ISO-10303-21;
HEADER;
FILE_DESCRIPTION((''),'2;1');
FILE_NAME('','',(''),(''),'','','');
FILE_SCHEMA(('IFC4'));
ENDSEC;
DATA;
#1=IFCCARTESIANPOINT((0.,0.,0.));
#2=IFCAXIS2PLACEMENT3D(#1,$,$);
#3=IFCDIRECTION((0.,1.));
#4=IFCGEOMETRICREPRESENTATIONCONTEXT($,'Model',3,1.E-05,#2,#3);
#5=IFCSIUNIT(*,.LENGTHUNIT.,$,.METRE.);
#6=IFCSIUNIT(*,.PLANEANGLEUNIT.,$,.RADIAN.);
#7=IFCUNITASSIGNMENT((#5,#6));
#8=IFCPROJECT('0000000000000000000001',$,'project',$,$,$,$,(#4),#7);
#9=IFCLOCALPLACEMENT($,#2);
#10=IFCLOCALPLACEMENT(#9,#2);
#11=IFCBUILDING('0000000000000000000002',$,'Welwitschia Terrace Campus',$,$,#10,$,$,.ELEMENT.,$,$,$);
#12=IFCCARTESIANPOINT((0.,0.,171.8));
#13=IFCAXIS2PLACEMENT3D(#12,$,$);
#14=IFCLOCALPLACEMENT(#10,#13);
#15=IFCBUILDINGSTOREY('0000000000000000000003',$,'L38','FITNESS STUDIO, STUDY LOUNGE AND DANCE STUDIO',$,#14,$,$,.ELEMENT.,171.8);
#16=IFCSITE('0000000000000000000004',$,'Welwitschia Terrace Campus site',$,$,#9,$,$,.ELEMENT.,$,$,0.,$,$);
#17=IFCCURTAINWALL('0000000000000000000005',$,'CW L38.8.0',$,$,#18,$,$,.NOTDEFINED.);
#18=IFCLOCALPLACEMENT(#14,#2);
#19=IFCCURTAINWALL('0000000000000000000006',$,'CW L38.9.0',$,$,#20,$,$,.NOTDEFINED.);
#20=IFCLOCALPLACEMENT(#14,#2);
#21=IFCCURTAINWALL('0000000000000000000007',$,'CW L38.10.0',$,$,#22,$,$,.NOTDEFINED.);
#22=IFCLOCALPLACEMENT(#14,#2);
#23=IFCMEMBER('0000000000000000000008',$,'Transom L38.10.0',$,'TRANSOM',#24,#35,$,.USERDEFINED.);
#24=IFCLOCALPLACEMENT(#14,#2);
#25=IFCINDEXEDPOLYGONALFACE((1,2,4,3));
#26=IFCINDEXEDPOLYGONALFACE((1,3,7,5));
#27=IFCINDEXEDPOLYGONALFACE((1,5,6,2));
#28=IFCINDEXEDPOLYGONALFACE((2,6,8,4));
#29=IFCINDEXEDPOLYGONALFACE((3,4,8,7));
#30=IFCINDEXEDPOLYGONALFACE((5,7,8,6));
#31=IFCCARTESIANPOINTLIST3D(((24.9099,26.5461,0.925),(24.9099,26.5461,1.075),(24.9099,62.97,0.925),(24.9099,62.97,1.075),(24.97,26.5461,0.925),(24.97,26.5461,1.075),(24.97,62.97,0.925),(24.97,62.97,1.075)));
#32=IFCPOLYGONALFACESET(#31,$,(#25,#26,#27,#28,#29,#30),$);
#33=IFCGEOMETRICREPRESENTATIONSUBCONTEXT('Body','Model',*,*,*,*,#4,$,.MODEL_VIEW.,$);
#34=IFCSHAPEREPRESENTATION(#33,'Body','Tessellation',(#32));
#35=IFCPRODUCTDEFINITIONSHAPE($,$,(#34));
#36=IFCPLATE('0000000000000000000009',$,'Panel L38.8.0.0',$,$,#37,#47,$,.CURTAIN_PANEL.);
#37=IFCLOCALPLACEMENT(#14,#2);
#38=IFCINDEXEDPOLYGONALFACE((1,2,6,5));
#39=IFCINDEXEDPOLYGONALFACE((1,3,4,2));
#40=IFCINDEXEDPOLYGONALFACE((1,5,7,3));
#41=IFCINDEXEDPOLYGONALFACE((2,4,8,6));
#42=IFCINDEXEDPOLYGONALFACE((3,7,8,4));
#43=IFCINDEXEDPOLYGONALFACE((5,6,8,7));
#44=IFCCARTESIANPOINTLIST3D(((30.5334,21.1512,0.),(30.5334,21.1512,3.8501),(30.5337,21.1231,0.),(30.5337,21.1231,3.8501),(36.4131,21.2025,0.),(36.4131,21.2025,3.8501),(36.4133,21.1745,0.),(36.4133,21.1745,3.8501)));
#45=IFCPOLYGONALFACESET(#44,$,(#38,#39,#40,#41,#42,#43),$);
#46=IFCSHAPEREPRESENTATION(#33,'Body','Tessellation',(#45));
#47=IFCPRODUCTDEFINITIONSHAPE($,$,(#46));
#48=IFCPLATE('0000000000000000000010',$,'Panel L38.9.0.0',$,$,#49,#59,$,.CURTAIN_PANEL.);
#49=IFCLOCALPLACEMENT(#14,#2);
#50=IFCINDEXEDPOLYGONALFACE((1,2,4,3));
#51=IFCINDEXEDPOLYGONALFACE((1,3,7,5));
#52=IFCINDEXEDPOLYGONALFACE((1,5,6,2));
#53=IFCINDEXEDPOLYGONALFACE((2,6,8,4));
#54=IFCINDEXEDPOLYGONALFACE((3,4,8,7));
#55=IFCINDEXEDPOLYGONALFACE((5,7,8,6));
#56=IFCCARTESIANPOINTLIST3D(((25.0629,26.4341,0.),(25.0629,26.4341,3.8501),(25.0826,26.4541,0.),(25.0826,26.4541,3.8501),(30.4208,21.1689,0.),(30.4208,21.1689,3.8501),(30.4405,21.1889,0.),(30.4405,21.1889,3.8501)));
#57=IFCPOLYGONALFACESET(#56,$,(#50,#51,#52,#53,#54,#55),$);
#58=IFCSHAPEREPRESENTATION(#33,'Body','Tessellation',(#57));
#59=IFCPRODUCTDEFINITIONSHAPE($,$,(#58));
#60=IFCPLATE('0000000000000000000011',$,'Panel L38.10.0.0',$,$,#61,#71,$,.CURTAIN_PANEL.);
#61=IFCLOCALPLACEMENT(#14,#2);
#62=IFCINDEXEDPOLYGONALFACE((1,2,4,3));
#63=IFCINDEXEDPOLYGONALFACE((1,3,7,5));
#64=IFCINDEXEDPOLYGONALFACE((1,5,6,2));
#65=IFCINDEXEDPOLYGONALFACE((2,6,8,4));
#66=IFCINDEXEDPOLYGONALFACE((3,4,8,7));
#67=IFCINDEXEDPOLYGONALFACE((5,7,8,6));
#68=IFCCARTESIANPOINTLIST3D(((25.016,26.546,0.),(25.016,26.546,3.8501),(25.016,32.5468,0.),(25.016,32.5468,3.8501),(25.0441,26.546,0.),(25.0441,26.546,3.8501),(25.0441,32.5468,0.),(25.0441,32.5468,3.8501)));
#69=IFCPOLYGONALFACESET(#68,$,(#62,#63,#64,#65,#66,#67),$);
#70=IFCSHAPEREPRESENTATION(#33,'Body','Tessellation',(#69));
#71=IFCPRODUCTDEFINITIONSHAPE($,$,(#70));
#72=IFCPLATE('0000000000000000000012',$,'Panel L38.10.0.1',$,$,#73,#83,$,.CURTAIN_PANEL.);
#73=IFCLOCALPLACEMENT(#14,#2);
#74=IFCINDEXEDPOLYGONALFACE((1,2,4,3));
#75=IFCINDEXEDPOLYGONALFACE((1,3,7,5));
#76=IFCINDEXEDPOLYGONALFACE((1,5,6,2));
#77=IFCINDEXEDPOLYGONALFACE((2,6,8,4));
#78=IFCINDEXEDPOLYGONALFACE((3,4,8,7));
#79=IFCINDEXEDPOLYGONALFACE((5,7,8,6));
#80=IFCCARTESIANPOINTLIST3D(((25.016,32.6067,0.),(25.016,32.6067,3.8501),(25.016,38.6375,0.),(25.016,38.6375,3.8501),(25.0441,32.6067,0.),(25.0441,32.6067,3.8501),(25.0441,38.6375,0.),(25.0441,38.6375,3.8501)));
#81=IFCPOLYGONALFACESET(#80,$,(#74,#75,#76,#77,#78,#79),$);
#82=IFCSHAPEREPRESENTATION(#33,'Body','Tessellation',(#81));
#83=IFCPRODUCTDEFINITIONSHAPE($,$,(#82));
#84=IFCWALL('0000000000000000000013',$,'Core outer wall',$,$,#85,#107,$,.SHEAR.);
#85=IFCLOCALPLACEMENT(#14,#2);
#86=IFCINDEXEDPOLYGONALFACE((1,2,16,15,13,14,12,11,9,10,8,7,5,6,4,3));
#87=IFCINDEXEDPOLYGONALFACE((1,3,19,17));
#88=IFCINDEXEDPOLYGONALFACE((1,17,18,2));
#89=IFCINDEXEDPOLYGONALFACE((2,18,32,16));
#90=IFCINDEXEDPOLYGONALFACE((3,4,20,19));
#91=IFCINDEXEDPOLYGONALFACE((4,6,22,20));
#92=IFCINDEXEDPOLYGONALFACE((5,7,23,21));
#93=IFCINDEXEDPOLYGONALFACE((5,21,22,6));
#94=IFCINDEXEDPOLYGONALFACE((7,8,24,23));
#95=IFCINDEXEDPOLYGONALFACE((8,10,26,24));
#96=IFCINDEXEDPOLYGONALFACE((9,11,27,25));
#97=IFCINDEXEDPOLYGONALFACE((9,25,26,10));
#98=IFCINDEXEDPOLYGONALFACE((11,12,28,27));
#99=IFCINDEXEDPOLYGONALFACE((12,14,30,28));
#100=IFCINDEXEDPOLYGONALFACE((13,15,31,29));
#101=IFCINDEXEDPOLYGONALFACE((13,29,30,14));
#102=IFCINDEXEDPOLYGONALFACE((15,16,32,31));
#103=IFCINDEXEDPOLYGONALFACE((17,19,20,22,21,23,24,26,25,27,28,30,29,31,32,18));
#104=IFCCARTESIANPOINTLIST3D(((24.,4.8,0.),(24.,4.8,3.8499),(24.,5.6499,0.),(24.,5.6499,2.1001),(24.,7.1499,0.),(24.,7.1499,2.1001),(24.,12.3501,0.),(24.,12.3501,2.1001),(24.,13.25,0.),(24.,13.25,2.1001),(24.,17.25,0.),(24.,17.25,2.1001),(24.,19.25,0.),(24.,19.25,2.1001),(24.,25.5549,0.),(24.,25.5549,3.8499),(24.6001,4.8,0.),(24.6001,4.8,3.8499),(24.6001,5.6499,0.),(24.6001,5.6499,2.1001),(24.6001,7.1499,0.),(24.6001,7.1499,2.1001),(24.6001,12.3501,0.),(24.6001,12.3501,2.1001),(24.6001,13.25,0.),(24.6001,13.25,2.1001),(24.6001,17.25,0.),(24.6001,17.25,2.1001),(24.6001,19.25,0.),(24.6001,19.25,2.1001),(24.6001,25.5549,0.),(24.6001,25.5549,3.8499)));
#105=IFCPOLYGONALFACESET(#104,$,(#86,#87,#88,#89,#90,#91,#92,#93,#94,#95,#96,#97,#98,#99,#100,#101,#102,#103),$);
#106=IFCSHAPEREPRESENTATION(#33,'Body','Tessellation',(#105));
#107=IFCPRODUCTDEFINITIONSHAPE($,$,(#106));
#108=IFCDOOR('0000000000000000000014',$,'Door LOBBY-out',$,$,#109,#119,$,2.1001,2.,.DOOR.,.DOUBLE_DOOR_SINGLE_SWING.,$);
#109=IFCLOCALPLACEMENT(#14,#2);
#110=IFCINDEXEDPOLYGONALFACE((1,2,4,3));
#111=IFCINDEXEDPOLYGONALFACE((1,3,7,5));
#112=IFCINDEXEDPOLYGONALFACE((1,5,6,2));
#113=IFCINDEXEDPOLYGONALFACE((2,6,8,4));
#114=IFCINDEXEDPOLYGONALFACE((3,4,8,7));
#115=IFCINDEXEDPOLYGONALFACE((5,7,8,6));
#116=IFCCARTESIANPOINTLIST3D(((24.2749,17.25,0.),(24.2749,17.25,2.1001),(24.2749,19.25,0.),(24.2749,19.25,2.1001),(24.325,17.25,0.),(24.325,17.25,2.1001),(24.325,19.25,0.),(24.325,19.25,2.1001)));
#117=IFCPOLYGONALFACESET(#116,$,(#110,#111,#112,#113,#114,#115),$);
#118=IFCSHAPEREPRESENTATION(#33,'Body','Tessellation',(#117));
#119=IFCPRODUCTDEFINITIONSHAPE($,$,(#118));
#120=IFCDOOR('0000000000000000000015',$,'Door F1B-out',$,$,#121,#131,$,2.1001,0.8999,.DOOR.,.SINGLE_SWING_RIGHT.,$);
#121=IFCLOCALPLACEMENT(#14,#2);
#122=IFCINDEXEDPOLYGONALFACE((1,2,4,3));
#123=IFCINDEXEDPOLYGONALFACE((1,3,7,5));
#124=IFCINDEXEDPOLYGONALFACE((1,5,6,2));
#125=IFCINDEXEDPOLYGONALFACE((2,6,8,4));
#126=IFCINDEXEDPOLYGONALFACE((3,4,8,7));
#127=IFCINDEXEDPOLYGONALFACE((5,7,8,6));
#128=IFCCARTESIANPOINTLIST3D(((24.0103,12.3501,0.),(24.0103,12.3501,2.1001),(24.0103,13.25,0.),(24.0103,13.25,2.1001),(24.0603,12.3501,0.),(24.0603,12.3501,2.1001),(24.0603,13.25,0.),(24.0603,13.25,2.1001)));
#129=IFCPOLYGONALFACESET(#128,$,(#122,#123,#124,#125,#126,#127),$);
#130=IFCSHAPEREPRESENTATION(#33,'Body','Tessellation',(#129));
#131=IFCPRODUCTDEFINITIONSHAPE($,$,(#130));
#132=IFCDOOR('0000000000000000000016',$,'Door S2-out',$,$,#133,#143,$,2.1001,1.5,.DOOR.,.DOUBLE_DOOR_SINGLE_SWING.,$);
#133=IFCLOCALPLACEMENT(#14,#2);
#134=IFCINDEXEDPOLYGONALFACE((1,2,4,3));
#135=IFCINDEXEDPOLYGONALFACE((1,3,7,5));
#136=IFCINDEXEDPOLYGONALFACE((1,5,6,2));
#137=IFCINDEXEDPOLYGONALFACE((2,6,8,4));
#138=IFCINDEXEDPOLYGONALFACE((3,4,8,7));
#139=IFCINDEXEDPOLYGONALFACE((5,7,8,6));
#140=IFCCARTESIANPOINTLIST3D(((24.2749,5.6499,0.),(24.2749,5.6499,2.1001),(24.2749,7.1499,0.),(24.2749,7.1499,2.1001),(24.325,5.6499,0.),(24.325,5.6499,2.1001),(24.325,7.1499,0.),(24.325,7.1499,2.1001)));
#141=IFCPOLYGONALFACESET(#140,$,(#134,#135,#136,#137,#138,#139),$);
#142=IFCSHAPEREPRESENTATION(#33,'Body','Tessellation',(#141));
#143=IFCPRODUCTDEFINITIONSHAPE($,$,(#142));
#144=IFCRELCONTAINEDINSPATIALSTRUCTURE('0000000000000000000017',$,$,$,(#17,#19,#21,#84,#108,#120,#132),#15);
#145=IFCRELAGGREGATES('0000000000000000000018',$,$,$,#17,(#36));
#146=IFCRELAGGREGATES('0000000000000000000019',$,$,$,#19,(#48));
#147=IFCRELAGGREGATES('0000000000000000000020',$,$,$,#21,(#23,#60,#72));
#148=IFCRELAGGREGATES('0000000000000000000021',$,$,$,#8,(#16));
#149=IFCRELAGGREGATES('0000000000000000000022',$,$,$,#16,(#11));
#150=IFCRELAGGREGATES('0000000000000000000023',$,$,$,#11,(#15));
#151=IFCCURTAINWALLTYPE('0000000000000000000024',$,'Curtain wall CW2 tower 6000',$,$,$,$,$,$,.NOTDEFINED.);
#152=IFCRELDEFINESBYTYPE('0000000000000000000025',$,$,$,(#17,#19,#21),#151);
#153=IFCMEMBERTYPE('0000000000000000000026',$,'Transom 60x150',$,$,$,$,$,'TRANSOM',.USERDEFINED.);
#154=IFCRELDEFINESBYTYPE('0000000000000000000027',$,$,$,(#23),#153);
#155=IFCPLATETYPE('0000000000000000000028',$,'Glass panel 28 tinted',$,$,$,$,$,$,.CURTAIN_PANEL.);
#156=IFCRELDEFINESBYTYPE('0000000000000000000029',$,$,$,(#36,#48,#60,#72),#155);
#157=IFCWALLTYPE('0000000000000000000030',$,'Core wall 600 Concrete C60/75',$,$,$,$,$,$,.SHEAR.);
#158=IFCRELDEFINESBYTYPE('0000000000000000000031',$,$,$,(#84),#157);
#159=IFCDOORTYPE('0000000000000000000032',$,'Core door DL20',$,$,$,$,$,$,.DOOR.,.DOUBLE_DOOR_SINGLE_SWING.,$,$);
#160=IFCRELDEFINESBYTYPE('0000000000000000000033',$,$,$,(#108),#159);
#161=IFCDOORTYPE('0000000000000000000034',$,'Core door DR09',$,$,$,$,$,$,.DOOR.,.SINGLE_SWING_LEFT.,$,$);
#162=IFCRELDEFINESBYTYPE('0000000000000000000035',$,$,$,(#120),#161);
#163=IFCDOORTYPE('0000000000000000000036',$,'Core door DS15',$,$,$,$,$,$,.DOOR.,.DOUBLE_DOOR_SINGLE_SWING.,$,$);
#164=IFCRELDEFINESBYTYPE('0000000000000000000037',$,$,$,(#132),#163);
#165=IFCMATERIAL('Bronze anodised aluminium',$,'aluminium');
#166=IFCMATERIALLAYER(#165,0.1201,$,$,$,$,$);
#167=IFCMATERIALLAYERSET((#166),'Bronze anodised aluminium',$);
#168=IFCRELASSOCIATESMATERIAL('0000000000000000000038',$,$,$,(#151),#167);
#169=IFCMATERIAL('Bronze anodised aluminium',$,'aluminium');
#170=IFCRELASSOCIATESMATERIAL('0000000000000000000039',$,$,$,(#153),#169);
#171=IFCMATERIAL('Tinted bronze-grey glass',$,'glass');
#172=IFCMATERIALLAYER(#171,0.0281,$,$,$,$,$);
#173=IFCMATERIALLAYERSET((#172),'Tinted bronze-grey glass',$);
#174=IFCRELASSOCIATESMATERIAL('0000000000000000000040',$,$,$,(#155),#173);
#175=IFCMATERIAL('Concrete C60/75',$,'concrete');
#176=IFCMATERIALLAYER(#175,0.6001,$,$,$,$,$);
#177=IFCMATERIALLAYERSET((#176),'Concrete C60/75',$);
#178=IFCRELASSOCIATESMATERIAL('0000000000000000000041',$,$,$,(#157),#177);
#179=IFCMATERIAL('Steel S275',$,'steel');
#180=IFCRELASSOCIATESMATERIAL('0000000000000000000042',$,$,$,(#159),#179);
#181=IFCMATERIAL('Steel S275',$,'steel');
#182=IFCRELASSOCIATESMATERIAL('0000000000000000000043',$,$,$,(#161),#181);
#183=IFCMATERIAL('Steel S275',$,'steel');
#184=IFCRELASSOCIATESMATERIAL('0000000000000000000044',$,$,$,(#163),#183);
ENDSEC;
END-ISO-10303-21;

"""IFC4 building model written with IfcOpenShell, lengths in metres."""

from ifc_helpers import new_model, si_unit, direction, frame, frame_2d, origin, origin_2d, place, context, subcontext, project, spatial, rectangle, extrude, material, layer, layer_set, material_profile, profile_set, type_object, element, fill, aggregate, save


model = new_model("IFC4")

# Units and contexts
model_context = context("Model", 3, precision=1e-05, world=origin(), true_north=direction((0.0, 1.0)))
body_context = subcontext(model_context, "Body", "Model", "MODEL_VIEW")
ifc_project = project(units=[si_unit("LENGTHUNIT", "METRE"), si_unit("PLANEANGLEUNIT", "RADIAN")], contexts=[model_context])

# Site, building, storey
site_placement = place(None, origin())
site = spatial("IfcSite", under=ifc_project, at=site_placement, Name="Welwitschia Terrace Campus site", CompositionType="ELEMENT", RefElevation=0.0)
building_placement = place(site_placement, origin())
building = spatial("IfcBuilding", under=site, at=building_placement, Name="Welwitschia Terrace Campus", CompositionType="ELEMENT")
storey_placement = place(building_placement, frame((0.0, 0.0, 171.8)))
storey = spatial("IfcBuildingStorey", under=building, at=storey_placement, Name="L38", Description="FITNESS STUDIO, STUDY LOUNGE AND DANCE STUDIO", CompositionType="ELEMENT", Elevation=171.8)

# Shared definitions
ifc_material_1 = material(Name="Bronze anodised aluminium", Category="aluminium")
ifc_layer_1 = layer(ifc_material_1, 0.1201)
ifc_layer_set_1 = layer_set([ifc_layer_1], Name="Bronze anodised aluminium")
curtain_wall_type = type_object("IfcCurtainWallType", Name="Curtain wall CW2 tower 6000", PredefinedType="NOTDEFINED", material=ifc_layer_set_1)

# Curtain walls
curtain_wall_1_placement = place(storey_placement, origin())
curtain_wall_1 = element("IfcCurtainWall", 1, at=curtain_wall_1_placement, inside=storey, type_object=curtain_wall_type, Name="CW L38.8.0", PredefinedType="NOTDEFINED")
curtain_wall_2_placement = place(storey_placement, origin())
curtain_wall_2 = element("IfcCurtainWall", 2, at=curtain_wall_2_placement, inside=storey, type_object=curtain_wall_type, Name="CW L38.9.0", PredefinedType="NOTDEFINED")
curtain_wall_3_placement = place(storey_placement, origin())
curtain_wall_3 = element("IfcCurtainWall", 3, at=curtain_wall_3_placement, inside=storey, type_object=curtain_wall_type, Name="CW L38.10.0", PredefinedType="NOTDEFINED")

# Member
ifc_material_2 = material(Name="Bronze anodised aluminium", Category="aluminium")
ifc_material_profile_1 = material_profile(ifc_material_2, rectangle(XDim=0.0601, YDim=0.1499, at=origin_2d()))
ifc_profile_set_1 = profile_set([ifc_material_profile_1], Name="Bronze anodised aluminium")
member_type_1 = type_object("IfcMemberType", Name="Transom 60x150", ElementType="TRANSOM", PredefinedType="USERDEFINED", material=ifc_profile_set_1)
member_1_placement = place(storey_placement, frame((24.9399, 26.5461, 1.0), z_axis=(0.0, 1.0, 0.0), x_axis=(-1.0, 0.0, 0.0)))
member_1 = element("IfcMember", 4, at=member_1_placement, type_object=member_type_1, Name="Transom L38.10.0", ObjectType="TRANSOM", PredefinedType="USERDEFINED", context=body_context, shape_type="SweptSolid", body=[
    extrude(rectangle(XDim=0.0601, YDim=0.1499, at=origin_2d()), origin(), (0.0, 0.0, 1.0), 36.4238),
])

# Plates
ifc_material_3 = material(Name="Tinted bronze-grey glass", Category="glass")
ifc_layer_2 = layer(ifc_material_3, 0.0281)
ifc_layer_set_2 = layer_set([ifc_layer_2], Name="Tinted bronze-grey glass")
plate_type = type_object("IfcPlateType", Name="Glass panel 28 tinted", PredefinedType="CURTAIN_PANEL", material=ifc_layer_set_2)
plate_1_placement = place(storey_placement, frame((33.4734, 21.1628, 0.0), z_axis=(0.0, 0.0, 1.0), x_axis=(-0.999962, -0.008727, 0.0)))
plate_1 = element("IfcPlate", 5, at=plate_1_placement, type_object=plate_type, Name="Panel L38.8.0.0", PredefinedType="CURTAIN_PANEL", context=body_context, shape_type="SweptSolid", body=[
    extrude(rectangle(XDim=5.8799, YDim=0.0281, at=origin_2d()), origin(), (0.0, 0.0, 1.0), 3.8501),
])
aggregate(curtain_wall_1, [plate_1])
plate_2_placement = place(storey_placement, frame((27.7517, 23.8115, 0.0), z_axis=(0.0, 0.0, 1.0), x_axis=(-0.71325, 0.700909, 0.0)))
plate_2 = element("IfcPlate", 6, at=plate_2_placement, type_object=plate_type, Name="Panel L38.9.0.0", PredefinedType="CURTAIN_PANEL", context=body_context, shape_type="SweptSolid", body=[
    extrude(rectangle(XDim=7.512, YDim=0.0281, at=origin_2d()), origin(), (0.0, 0.0, 1.0), 3.8501),
])
aggregate(curtain_wall_2, [plate_2])
plate_3_placement = place(storey_placement, frame((25.03, 29.5464, 0.0), z_axis=(0.0, 0.0, 1.0), x_axis=(0.0, 1.0, 0.0)))
plate_3 = element("IfcPlate", 7, at=plate_3_placement, type_object=plate_type, Name="Panel L38.10.0.0", PredefinedType="CURTAIN_PANEL", context=body_context, shape_type="SweptSolid", body=[
    extrude(rectangle(XDim=6.0007, YDim=0.0281, at=origin_2d()), origin(), (0.0, 0.0, 1.0), 3.8501),
])
plate_4_placement = place(storey_placement, frame((25.03, 35.6221, 0.0), z_axis=(0.0, 0.0, 1.0), x_axis=(0.0, 1.0, 0.0)))
plate_4 = element("IfcPlate", 8, at=plate_4_placement, type_object=plate_type, Name="Panel L38.10.0.1", PredefinedType="CURTAIN_PANEL", context=body_context, shape_type="SweptSolid", body=[
    extrude(rectangle(XDim=6.0308, YDim=0.0281, at=origin_2d()), origin(), (0.0, 0.0, 1.0), 3.8501),
])
aggregate(curtain_wall_3, [member_1, plate_3, plate_4])

# Wall, openings, doors
ifc_material_4 = material(Name="Concrete C60/75", Category="concrete")
ifc_layer_3 = layer(ifc_material_4, 0.6001)
ifc_layer_set_3 = layer_set([ifc_layer_3], Name="Concrete C60/75")
wall_type = type_object("IfcWallType", Name="Core wall 600 Concrete C60/75", PredefinedType="SHEAR", material=ifc_layer_set_3)
wall_placement = place(storey_placement, frame((24.3, 25.5549, 0.0), z_axis=(0.0, 0.0, 1.0), x_axis=(0.0, -1.0, 0.0)))
wall = element("IfcWall", 9, at=wall_placement, inside=storey, type_object=wall_type, Name="Core outer wall", PredefinedType="SHEAR", context=body_context, shape_type="SweptSolid", body=[
    extrude(rectangle(XDim=20.7549, YDim=0.6001, at=frame_2d((10.3774, 0.0))), origin(), (0.0, 0.0, 1.0), 3.8499),
])
opening_1_placement = place(wall_placement, frame((18.405, 0.0, 0.0)))
opening_1 = element("IfcOpeningElement", 10, at=opening_1_placement, cuts=wall, PredefinedType="OPENING", context=body_context, shape_type="SweptSolid", body=[
    extrude(rectangle(XDim=1.5, YDim=2.1001, at=frame_2d((0.75, 1.05))), frame((0.0, 0.3101, 0.0), z_axis=(0.0, -1.0, 0.0), x_axis=(1.0, 0.0, 0.0)), (0.0, 0.0, 1.0), 0.6201),
])
opening_2_placement = place(wall_placement, frame((12.3049, 0.0, 0.0)))
opening_2 = element("IfcOpeningElement", 11, at=opening_2_placement, cuts=wall, PredefinedType="OPENING", context=body_context, shape_type="SweptSolid", body=[
    extrude(rectangle(XDim=0.8999, YDim=2.1001, at=frame_2d((0.45, 1.05))), frame((0.0, 0.3101, 0.0), z_axis=(0.0, -1.0, 0.0), x_axis=(1.0, 0.0, 0.0)), (0.0, 0.0, 1.0), 0.6201),
])
opening_3_placement = place(wall_placement, frame((6.3049, 0.0, 0.0)))
opening_3 = element("IfcOpeningElement", 12, at=opening_3_placement, cuts=wall, PredefinedType="OPENING", context=body_context, shape_type="SweptSolid", body=[
    extrude(rectangle(XDim=2.0, YDim=2.1001, at=frame_2d((1.0, 1.05))), frame((0.0, 0.3101, 0.0), z_axis=(0.0, -1.0, 0.0), x_axis=(1.0, 0.0, 0.0)), (0.0, 0.0, 1.0), 0.6201),
])
ifc_material_5 = material(Name="Steel S275", Category="steel")
door_type_1 = type_object("IfcDoorType", Name="Core door DL20", OperationType="DOUBLE_DOOR_SINGLE_SWING", PredefinedType="DOOR", material=ifc_material_5)
door_1_placement = place(opening_3_placement, origin())
door_1 = element("IfcDoor", 13, at=door_1_placement, inside=storey, type_object=door_type_1, Name="Door LOBBY-out", OperationType="DOUBLE_DOOR_SINGLE_SWING", OverallHeight=2.1001, OverallWidth=2.0, PredefinedType="DOOR", context=body_context, shape_type="SweptSolid", body=[
    extrude(rectangle(XDim=2.0, YDim=2.1001, at=frame_2d((1.0, 1.05))), frame((0.0, 0.0249, 0.0), z_axis=(0.0, -1.0, 0.0), x_axis=(1.0, 0.0, 0.0)), (0.0, 0.0, 1.0), 0.05),
])
fill(opening_3, door_1)
ifc_material_6 = material(Name="Steel S275", Category="steel")
door_type_2 = type_object("IfcDoorType", Name="Core door DR09", OperationType="SINGLE_SWING_LEFT", PredefinedType="DOOR", material=ifc_material_6)
door_2_placement = place(opening_2_placement, origin())
door_2 = element("IfcDoor", 14, at=door_2_placement, inside=storey, type_object=door_type_2, Name="Door F1B-out", OperationType="SINGLE_SWING_RIGHT", OverallHeight=2.1001, OverallWidth=0.8999, PredefinedType="DOOR", context=body_context, shape_type="SweptSolid", body=[
    extrude(rectangle(XDim=0.8999, YDim=2.1001, at=frame_2d((0.45, 1.05))), frame((0.0, -0.2397, 0.0), z_axis=(0.0, -1.0, 0.0), x_axis=(1.0, 0.0, 0.0)), (0.0, 0.0, 1.0), 0.05),
])
fill(opening_2, door_2)
ifc_material_7 = material(Name="Steel S275", Category="steel")
door_type_3 = type_object("IfcDoorType", Name="Core door DS15", OperationType="DOUBLE_DOOR_SINGLE_SWING", PredefinedType="DOOR", material=ifc_material_7)
door_3_placement = place(opening_1_placement, origin())
door_3 = element("IfcDoor", 15, at=door_3_placement, inside=storey, type_object=door_type_3, Name="Door S2-out", OperationType="DOUBLE_DOOR_SINGLE_SWING", OverallHeight=2.1001, OverallWidth=1.5, PredefinedType="DOOR", context=body_context, shape_type="SweptSolid", body=[
    extrude(rectangle(XDim=1.5, YDim=2.1001, at=frame_2d((0.75, 1.05))), frame((0.0, 0.0249, 0.0), z_axis=(0.0, -1.0, 0.0), x_axis=(1.0, 0.0, 0.0)), (0.0, 0.0, 1.0), 0.05),
])
fill(opening_1, door_3)

save(model, "model.ifc")
